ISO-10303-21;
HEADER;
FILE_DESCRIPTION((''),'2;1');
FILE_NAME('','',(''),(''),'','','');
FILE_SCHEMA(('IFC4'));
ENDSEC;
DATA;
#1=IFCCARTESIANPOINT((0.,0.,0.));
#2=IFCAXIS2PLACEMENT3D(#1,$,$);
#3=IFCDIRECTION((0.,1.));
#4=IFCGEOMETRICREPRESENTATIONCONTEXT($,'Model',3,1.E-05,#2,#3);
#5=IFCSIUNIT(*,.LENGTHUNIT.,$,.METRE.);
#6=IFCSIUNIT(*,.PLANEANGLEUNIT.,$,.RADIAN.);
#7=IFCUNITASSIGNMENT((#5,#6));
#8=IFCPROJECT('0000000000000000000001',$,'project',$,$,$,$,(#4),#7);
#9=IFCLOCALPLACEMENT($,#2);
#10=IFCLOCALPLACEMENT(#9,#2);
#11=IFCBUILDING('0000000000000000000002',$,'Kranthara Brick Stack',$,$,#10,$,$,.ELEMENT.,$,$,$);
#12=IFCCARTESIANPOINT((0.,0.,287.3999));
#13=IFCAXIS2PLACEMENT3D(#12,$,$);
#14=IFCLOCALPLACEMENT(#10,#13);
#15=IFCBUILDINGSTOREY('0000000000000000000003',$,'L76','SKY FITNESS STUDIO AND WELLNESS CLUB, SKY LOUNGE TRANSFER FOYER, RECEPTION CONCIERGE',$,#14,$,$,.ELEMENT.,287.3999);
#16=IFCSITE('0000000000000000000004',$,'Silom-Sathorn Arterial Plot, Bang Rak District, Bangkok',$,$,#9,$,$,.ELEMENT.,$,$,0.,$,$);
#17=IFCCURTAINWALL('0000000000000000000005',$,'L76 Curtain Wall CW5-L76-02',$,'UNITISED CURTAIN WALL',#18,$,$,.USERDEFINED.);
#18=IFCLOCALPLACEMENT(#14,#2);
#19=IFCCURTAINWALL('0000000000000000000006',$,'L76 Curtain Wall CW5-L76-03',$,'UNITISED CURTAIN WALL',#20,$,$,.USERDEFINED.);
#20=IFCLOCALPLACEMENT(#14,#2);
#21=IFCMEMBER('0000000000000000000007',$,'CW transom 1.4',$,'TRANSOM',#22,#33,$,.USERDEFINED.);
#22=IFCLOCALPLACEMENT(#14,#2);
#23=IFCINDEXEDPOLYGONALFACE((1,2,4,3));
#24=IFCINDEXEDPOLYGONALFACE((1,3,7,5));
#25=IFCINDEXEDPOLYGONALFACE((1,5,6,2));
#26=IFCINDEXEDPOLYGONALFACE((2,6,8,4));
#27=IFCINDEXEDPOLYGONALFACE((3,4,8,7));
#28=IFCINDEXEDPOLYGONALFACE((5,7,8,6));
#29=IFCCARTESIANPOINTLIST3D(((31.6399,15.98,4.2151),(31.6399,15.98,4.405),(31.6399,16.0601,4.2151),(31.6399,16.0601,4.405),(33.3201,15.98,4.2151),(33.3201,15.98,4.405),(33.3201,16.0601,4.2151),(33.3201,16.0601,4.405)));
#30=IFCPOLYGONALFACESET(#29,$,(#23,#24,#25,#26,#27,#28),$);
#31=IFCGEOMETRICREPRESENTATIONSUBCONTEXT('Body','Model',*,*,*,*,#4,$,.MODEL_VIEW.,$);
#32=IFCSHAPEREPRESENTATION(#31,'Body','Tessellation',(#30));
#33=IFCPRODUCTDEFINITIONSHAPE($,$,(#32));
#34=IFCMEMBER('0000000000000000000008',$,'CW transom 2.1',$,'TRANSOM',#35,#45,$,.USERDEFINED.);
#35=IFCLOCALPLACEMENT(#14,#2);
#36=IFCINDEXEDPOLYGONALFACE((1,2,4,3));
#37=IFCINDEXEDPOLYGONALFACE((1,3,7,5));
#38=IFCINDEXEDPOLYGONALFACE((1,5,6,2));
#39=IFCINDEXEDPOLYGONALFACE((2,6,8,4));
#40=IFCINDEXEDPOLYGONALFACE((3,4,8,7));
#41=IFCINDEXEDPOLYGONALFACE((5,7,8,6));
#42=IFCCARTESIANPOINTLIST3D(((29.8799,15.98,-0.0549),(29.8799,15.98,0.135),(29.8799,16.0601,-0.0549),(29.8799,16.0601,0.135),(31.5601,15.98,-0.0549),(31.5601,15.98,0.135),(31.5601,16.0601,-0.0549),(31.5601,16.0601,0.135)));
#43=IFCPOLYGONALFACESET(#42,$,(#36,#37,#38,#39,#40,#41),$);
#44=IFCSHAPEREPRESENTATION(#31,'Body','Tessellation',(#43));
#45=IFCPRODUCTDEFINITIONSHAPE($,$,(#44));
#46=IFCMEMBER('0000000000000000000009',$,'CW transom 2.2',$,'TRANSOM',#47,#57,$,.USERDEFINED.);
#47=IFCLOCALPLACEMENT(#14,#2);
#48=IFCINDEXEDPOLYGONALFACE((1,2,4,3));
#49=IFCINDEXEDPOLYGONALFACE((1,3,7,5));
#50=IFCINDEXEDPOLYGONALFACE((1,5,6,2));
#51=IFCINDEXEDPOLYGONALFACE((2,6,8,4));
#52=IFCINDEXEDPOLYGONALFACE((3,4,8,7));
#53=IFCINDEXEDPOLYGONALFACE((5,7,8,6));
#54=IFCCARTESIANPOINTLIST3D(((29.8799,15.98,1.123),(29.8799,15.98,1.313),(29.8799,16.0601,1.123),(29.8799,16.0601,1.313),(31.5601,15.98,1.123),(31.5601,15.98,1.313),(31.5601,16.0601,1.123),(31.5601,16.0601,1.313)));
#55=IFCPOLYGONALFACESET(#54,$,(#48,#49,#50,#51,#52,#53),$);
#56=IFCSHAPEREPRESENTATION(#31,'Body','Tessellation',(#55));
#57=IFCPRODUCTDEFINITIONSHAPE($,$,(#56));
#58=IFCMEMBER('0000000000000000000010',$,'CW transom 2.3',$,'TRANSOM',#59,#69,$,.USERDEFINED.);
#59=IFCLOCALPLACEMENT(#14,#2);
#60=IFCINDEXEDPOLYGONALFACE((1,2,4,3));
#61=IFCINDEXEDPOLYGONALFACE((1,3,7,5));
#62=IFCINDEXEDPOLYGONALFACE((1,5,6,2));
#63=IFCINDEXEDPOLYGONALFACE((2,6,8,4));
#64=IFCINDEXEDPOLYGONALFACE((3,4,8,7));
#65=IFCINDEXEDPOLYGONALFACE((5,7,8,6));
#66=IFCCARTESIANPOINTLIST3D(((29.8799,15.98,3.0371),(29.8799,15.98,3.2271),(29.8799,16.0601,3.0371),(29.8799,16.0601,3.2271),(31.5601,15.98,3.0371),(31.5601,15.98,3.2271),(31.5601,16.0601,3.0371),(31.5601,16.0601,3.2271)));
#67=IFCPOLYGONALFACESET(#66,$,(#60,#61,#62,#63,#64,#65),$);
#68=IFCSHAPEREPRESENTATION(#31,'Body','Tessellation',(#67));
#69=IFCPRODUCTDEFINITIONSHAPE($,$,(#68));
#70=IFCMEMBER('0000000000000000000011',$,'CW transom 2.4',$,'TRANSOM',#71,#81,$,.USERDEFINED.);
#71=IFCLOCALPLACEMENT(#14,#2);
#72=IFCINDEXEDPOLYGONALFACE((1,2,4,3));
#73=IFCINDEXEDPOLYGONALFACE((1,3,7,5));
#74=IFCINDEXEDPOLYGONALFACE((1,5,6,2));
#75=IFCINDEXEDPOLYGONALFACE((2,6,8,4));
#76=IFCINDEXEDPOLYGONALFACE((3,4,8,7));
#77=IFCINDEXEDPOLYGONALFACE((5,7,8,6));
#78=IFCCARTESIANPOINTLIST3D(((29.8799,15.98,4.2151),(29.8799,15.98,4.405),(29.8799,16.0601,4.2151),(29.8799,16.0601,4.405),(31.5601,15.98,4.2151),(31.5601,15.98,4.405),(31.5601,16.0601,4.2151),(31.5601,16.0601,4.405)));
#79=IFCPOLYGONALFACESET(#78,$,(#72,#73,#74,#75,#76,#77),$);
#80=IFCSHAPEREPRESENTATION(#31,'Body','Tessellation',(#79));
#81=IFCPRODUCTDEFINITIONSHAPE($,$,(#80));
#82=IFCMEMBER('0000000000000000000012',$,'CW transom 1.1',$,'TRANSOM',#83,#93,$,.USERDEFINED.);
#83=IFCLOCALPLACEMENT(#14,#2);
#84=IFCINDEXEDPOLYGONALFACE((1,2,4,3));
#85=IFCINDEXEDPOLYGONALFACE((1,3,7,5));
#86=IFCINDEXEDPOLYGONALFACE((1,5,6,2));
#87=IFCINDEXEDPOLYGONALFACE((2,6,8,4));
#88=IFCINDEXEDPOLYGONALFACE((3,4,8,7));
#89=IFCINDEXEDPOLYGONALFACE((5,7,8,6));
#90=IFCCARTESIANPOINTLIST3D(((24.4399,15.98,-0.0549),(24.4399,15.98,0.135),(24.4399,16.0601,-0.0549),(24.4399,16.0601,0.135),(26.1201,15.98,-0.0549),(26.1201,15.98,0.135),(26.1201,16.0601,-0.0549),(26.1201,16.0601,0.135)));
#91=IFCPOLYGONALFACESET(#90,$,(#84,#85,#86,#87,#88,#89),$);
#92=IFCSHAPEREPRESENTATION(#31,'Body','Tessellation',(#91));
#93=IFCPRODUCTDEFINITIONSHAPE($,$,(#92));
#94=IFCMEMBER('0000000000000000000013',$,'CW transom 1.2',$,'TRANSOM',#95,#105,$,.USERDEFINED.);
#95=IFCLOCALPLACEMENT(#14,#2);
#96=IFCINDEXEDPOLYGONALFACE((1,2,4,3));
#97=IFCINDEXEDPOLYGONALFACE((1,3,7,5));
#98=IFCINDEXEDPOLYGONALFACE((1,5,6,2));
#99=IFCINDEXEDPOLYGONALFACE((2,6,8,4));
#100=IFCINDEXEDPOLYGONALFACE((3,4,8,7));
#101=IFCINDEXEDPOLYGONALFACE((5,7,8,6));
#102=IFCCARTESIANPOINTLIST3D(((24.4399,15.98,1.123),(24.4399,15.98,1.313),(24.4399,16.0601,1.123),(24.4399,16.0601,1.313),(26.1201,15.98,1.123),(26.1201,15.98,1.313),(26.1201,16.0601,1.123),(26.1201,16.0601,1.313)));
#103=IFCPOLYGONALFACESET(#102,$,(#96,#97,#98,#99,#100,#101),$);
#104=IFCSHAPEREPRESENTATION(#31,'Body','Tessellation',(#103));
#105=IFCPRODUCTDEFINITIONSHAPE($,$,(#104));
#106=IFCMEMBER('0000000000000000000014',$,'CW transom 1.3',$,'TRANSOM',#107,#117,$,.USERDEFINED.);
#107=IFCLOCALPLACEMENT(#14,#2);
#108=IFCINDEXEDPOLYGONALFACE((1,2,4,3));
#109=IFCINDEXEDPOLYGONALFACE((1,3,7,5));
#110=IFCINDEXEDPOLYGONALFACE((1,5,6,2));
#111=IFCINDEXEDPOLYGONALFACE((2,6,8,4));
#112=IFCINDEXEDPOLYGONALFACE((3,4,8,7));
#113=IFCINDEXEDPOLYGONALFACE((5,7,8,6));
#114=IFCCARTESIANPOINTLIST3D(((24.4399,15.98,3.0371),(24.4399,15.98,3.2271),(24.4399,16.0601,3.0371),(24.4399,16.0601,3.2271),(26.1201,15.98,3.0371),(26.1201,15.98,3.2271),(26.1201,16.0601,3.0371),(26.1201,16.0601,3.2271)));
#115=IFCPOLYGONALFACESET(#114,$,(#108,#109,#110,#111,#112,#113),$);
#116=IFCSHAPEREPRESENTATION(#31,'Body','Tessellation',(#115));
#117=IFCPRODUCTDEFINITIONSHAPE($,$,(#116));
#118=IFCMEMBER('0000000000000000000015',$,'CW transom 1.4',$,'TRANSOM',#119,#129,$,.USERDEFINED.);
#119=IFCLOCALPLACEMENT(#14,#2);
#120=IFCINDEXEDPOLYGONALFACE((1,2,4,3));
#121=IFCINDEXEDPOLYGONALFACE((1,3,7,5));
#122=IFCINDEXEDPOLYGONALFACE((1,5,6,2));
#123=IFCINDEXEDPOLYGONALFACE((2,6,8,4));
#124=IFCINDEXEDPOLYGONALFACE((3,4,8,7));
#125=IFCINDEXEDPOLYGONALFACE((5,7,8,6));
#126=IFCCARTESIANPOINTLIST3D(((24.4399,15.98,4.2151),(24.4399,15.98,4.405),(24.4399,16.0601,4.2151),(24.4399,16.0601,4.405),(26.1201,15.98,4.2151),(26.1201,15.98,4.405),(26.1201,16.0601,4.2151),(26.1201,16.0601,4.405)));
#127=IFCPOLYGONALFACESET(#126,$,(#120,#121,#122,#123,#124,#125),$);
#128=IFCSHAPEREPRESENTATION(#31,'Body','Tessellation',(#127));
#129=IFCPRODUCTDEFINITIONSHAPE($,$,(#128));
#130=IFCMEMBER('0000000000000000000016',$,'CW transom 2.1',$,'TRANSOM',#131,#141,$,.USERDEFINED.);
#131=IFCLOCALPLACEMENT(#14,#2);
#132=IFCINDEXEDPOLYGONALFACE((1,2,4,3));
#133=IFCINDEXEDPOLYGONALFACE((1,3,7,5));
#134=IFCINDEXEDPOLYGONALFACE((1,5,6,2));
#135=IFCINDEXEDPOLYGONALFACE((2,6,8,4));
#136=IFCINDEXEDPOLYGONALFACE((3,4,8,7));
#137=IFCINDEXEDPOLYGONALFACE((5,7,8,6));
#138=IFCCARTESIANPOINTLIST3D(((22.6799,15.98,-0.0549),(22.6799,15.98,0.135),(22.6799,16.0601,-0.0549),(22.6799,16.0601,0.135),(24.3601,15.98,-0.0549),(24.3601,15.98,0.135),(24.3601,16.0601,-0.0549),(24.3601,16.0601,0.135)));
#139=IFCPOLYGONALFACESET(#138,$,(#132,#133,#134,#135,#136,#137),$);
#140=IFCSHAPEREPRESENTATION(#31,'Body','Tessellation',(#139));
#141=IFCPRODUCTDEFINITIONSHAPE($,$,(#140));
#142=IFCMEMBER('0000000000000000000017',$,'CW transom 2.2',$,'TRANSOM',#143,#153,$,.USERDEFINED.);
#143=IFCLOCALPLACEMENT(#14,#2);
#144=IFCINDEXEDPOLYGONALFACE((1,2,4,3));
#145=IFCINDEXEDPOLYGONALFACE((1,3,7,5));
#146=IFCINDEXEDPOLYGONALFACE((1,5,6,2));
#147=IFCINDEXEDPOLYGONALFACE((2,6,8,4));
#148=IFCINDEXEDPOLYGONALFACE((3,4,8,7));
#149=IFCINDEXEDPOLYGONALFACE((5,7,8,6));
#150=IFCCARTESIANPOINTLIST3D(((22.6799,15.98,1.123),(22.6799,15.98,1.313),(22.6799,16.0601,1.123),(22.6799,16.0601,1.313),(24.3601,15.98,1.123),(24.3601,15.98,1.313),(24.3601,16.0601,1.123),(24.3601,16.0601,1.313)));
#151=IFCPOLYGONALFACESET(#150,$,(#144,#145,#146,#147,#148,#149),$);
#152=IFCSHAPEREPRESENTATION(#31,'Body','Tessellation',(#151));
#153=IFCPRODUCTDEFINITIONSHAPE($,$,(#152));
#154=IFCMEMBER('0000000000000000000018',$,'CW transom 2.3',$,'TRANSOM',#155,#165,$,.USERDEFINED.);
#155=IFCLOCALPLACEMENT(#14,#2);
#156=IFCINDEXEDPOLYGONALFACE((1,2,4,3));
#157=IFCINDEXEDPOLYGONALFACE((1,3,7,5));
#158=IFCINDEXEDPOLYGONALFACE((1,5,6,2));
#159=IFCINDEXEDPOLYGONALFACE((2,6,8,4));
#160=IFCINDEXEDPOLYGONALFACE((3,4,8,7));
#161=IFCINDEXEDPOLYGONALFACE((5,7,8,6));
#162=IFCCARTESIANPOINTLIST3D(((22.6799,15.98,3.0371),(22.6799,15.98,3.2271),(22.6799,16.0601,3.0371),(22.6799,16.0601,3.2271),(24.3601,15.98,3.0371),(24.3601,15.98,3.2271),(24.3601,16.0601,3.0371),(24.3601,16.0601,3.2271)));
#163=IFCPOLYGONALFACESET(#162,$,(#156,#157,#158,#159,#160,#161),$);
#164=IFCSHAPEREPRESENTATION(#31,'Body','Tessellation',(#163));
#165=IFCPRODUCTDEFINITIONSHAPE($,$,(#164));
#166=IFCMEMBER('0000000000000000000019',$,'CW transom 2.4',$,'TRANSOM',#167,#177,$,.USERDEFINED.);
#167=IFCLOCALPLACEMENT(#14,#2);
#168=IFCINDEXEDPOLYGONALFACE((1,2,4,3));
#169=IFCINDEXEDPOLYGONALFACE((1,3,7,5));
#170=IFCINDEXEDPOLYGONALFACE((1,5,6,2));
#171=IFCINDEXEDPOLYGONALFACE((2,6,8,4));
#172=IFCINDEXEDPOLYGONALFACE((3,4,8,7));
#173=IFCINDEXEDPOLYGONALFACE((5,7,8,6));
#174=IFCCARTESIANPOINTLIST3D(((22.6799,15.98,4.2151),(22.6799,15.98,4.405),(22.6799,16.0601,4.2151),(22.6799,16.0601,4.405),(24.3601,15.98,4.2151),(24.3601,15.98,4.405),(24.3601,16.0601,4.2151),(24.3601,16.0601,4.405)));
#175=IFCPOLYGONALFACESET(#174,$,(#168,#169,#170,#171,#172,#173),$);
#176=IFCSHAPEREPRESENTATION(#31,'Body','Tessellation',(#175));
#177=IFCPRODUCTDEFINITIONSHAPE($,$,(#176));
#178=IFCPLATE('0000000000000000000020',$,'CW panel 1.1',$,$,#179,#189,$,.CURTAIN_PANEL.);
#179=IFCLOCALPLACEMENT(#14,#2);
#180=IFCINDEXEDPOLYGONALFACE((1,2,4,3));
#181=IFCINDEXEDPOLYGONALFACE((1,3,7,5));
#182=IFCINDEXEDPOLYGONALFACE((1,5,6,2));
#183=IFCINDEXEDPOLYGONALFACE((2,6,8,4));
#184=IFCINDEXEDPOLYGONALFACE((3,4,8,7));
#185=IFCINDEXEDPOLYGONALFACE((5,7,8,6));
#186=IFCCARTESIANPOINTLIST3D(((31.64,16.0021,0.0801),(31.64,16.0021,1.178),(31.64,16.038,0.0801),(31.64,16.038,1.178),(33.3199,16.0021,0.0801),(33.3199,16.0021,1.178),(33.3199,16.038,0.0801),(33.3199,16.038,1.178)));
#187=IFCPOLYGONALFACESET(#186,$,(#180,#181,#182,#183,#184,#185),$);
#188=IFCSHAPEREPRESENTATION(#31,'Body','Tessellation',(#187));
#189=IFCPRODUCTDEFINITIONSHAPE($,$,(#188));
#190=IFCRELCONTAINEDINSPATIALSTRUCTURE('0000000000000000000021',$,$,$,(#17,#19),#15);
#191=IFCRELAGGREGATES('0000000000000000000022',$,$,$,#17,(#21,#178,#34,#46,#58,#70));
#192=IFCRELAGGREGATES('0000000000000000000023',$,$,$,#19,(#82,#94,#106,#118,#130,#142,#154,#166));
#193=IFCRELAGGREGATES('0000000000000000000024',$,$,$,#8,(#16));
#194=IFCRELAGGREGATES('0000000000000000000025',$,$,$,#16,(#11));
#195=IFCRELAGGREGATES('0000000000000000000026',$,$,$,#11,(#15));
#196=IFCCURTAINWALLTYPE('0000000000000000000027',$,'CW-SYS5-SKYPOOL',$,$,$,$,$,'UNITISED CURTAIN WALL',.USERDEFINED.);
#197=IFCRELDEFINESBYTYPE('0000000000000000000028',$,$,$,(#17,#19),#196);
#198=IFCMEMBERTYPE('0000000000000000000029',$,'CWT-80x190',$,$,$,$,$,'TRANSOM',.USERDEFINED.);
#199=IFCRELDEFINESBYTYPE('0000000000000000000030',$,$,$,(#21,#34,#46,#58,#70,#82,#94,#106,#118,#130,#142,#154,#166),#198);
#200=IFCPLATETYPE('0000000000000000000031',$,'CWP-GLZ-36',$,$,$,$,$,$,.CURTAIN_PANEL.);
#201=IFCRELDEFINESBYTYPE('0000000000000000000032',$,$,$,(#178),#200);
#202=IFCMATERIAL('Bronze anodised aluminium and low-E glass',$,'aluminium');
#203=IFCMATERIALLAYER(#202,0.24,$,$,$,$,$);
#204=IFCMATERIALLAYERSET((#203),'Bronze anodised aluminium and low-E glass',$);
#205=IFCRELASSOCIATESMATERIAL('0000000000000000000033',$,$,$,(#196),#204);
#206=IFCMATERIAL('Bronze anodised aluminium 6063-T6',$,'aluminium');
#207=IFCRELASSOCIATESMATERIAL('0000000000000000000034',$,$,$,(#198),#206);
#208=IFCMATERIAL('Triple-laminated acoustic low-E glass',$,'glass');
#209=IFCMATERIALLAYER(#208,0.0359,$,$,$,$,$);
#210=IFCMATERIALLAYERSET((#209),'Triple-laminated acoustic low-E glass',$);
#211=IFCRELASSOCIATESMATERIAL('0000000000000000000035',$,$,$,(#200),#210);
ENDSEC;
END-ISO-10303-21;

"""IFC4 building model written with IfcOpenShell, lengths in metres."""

from ifc_helpers import new_model, si_unit, direction, frame, origin, origin_2d, place, context, subcontext, project, spatial, rectangle, extrude, material, layer, layer_set, material_profile, profile_set, type_object, element, aggregate, save


model = new_model("IFC4")

# Units and contexts
model_context = context("Model", 3, precision=1e-05, world=origin(), true_north=direction((0.0, 1.0)))
body_context = subcontext(model_context, "Body", "Model", "MODEL_VIEW")
ifc_project = project(units=[si_unit("LENGTHUNIT", "METRE"), si_unit("PLANEANGLEUNIT", "RADIAN")], contexts=[model_context])

# Site, building, storey
site_placement = place(None, origin())
site = spatial("IfcSite", under=ifc_project, at=site_placement, Name="Silom-Sathorn Arterial Plot, Bang Rak District, Bangkok", CompositionType="ELEMENT", RefElevation=0.0)
building_placement = place(site_placement, origin())
building = spatial("IfcBuilding", under=site, at=building_placement, Name="Kranthara Brick Stack", CompositionType="ELEMENT")
storey_placement = place(building_placement, frame((0.0, 0.0, 287.3999)))
storey = spatial("IfcBuildingStorey", under=building, at=storey_placement, Name="L76", Description="SKY FITNESS STUDIO AND WELLNESS CLUB, SKY LOUNGE TRANSFER FOYER, RECEPTION CONCIERGE", CompositionType="ELEMENT", Elevation=287.3999)

# Curtain walls
ifc_material_1 = material(Name="Bronze anodised aluminium and low-E glass", Category="aluminium")
ifc_layer_1 = layer(ifc_material_1, 0.24)
ifc_layer_set_1 = layer_set([ifc_layer_1], Name="Bronze anodised aluminium and low-E glass")
curtain_wall_type = type_object("IfcCurtainWallType", Name="CW-SYS5-SKYPOOL", ElementType="UNITISED CURTAIN WALL", PredefinedType="USERDEFINED", material=ifc_layer_set_1)
curtain_wall_1_placement = place(storey_placement, origin())
curtain_wall_1 = element("IfcCurtainWall", 1, at=curtain_wall_1_placement, inside=storey, type_object=curtain_wall_type, Name="L76 Curtain Wall CW5-L76-02", ObjectType="UNITISED CURTAIN WALL", PredefinedType="USERDEFINED")
curtain_wall_2_placement = place(storey_placement, origin())
curtain_wall_2 = element("IfcCurtainWall", 2, at=curtain_wall_2_placement, inside=storey, type_object=curtain_wall_type, Name="L76 Curtain Wall CW5-L76-03", ObjectType="UNITISED CURTAIN WALL", PredefinedType="USERDEFINED")

# Members
ifc_material_2 = material(Name="Bronze anodised aluminium 6063-T6", Category="aluminium")
ifc_material_profile_1 = material_profile(ifc_material_2, rectangle(XDim=0.0801, YDim=0.1899, at=origin_2d()), Name="ALU TRANSOM 80x190")
ifc_profile_set_1 = profile_set([ifc_material_profile_1], Name="Bronze anodised aluminium 6063-T6")
member_type_1 = type_object("IfcMemberType", Name="CWT-80x190", ElementType="TRANSOM", PredefinedType="USERDEFINED", material=ifc_profile_set_1)
member_1_placement = place(storey_placement, frame((33.3201, 16.02, 4.3101), z_axis=(-1.0, 0.0, 0.0), x_axis=(0.0, -1.0, 0.0)))
member_1 = element("IfcMember", 3, at=member_1_placement, type_object=member_type_1, Name="CW transom 1.4", ObjectType="TRANSOM", PredefinedType="USERDEFINED", context=body_context, shape_type="SweptSolid", body=[
    extrude(rectangle(XDim=0.0801, YDim=0.1899, at=origin_2d()), origin(), (0.0, 0.0, 1.0), 1.6802),
])
member_2_placement = place(storey_placement, frame((31.5601, 16.02, 0.04), z_axis=(-1.0, 0.0, 0.0), x_axis=(0.0, -1.0, 0.0)))
member_2 = element("IfcMember", 4, at=member_2_placement, type_object=member_type_1, Name="CW transom 2.1", ObjectType="TRANSOM", PredefinedType="USERDEFINED", context=body_context, shape_type="SweptSolid", body=[
    extrude(rectangle(XDim=0.0801, YDim=0.1899, at=origin_2d()), origin(), (0.0, 0.0, 1.0), 1.6802),
])
member_3_placement = place(storey_placement, frame((31.5601, 16.02, 1.218), z_axis=(-1.0, 0.0, 0.0), x_axis=(0.0, -1.0, 0.0)))
member_3 = element("IfcMember", 5, at=member_3_placement, type_object=member_type_1, Name="CW transom 2.2", ObjectType="TRANSOM", PredefinedType="USERDEFINED", context=body_context, shape_type="SweptSolid", body=[
    extrude(rectangle(XDim=0.0801, YDim=0.1899, at=origin_2d()), origin(), (0.0, 0.0, 1.0), 1.6802),
])
member_4_placement = place(storey_placement, frame((31.5601, 16.02, 3.1321), z_axis=(-1.0, 0.0, 0.0), x_axis=(0.0, -1.0, 0.0)))
member_4 = element("IfcMember", 6, at=member_4_placement, type_object=member_type_1, Name="CW transom 2.3", ObjectType="TRANSOM", PredefinedType="USERDEFINED", context=body_context, shape_type="SweptSolid", body=[
    extrude(rectangle(XDim=0.0801, YDim=0.1899, at=origin_2d()), origin(), (0.0, 0.0, 1.0), 1.6802),
])
member_5_placement = place(storey_placement, frame((31.5601, 16.02, 4.3101), z_axis=(-1.0, 0.0, 0.0), x_axis=(0.0, -1.0, 0.0)))
member_5 = element("IfcMember", 7, at=member_5_placement, type_object=member_type_1, Name="CW transom 2.4", ObjectType="TRANSOM", PredefinedType="USERDEFINED", context=body_context, shape_type="SweptSolid", body=[
    extrude(rectangle(XDim=0.0801, YDim=0.1899, at=origin_2d()), origin(), (0.0, 0.0, 1.0), 1.6802),
])
member_6_placement = place(storey_placement, frame((26.1201, 16.02, 0.04), z_axis=(-1.0, 0.0, 0.0), x_axis=(0.0, -1.0, 0.0)))
member_6 = element("IfcMember", 8, at=member_6_placement, type_object=member_type_1, Name="CW transom 1.1", ObjectType="TRANSOM", PredefinedType="USERDEFINED", context=body_context, shape_type="SweptSolid", body=[
    extrude(rectangle(XDim=0.0801, YDim=0.1899, at=origin_2d()), origin(), (0.0, 0.0, 1.0), 1.6802),
])
member_7_placement = place(storey_placement, frame((26.1201, 16.02, 1.218), z_axis=(-1.0, 0.0, 0.0), x_axis=(0.0, -1.0, 0.0)))
member_7 = element("IfcMember", 9, at=member_7_placement, type_object=member_type_1, Name="CW transom 1.2", ObjectType="TRANSOM", PredefinedType="USERDEFINED", context=body_context, shape_type="SweptSolid", body=[
    extrude(rectangle(XDim=0.0801, YDim=0.1899, at=origin_2d()), origin(), (0.0, 0.0, 1.0), 1.6802),
])
member_8_placement = place(storey_placement, frame((26.1201, 16.02, 3.1321), z_axis=(-1.0, 0.0, 0.0), x_axis=(0.0, -1.0, 0.0)))
member_8 = element("IfcMember", 10, at=member_8_placement, type_object=member_type_1, Name="CW transom 1.3", ObjectType="TRANSOM", PredefinedType="USERDEFINED", context=body_context, shape_type="SweptSolid", body=[
    extrude(rectangle(XDim=0.0801, YDim=0.1899, at=origin_2d()), origin(), (0.0, 0.0, 1.0), 1.6802),
])
member_9_placement = place(storey_placement, frame((26.1201, 16.02, 4.3101), z_axis=(-1.0, 0.0, 0.0), x_axis=(0.0, -1.0, 0.0)))
member_9 = element("IfcMember", 11, at=member_9_placement, type_object=member_type_1, Name="CW transom 1.4", ObjectType="TRANSOM", PredefinedType="USERDEFINED", context=body_context, shape_type="SweptSolid", body=[
    extrude(rectangle(XDim=0.0801, YDim=0.1899, at=origin_2d()), origin(), (0.0, 0.0, 1.0), 1.6802),
])
member_10_placement = place(storey_placement, frame((24.3601, 16.02, 0.04), z_axis=(-1.0, 0.0, 0.0), x_axis=(0.0, -1.0, 0.0)))
member_10 = element("IfcMember", 12, at=member_10_placement, type_object=member_type_1, Name="CW transom 2.1", ObjectType="TRANSOM", PredefinedType="USERDEFINED", context=body_context, shape_type="SweptSolid", body=[
    extrude(rectangle(XDim=0.0801, YDim=0.1899, at=origin_2d()), origin(), (0.0, 0.0, 1.0), 1.6802),
])
member_11_placement = place(storey_placement, frame((24.3601, 16.02, 1.218), z_axis=(-1.0, 0.0, 0.0), x_axis=(0.0, -1.0, 0.0)))
member_11 = element("IfcMember", 13, at=member_11_placement, type_object=member_type_1, Name="CW transom 2.2", ObjectType="TRANSOM", PredefinedType="USERDEFINED", context=body_context, shape_type="SweptSolid", body=[
    extrude(rectangle(XDim=0.0801, YDim=0.1899, at=origin_2d()), origin(), (0.0, 0.0, 1.0), 1.6802),
])
member_12_placement = place(storey_placement, frame((24.3601, 16.02, 3.1321), z_axis=(-1.0, 0.0, 0.0), x_axis=(0.0, -1.0, 0.0)))
member_12 = element("IfcMember", 14, at=member_12_placement, type_object=member_type_1, Name="CW transom 2.3", ObjectType="TRANSOM", PredefinedType="USERDEFINED", context=body_context, shape_type="SweptSolid", body=[
    extrude(rectangle(XDim=0.0801, YDim=0.1899, at=origin_2d()), origin(), (0.0, 0.0, 1.0), 1.6802),
])
member_13_placement = place(storey_placement, frame((24.3601, 16.02, 4.3101), z_axis=(-1.0, 0.0, 0.0), x_axis=(0.0, -1.0, 0.0)))
member_13 = element("IfcMember", 15, at=member_13_placement, type_object=member_type_1, Name="CW transom 2.4", ObjectType="TRANSOM", PredefinedType="USERDEFINED", context=body_context, shape_type="SweptSolid", body=[
    extrude(rectangle(XDim=0.0801, YDim=0.1899, at=origin_2d()), origin(), (0.0, 0.0, 1.0), 1.6802),
])

# Plate
ifc_material_3 = material(Name="Triple-laminated acoustic low-E glass", Category="glass")
ifc_layer_2 = layer(ifc_material_3, 0.0359)
ifc_layer_set_2 = layer_set([ifc_layer_2], Name="Triple-laminated acoustic low-E glass")
plate_type = type_object("IfcPlateType", Name="CWP-GLZ-36", PredefinedType="CURTAIN_PANEL", material=ifc_layer_set_2)
plate_1_placement = place(storey_placement, frame((32.48, 16.02, 0.0801), z_axis=(0.0, 0.0, 1.0), x_axis=(-1.0, 0.0, 0.0)))
plate_1 = element("IfcPlate", 16, at=plate_1_placement, type_object=plate_type, Name="CW panel 1.1", PredefinedType="CURTAIN_PANEL", context=body_context, shape_type="SweptSolid", body=[
    extrude(rectangle(XDim=1.6799, YDim=0.0359, at=origin_2d()), origin(), (0.0, 0.0, 1.0), 1.0979),
])
aggregate(curtain_wall_1, [member_1, plate_1, member_2, member_3, member_4, member_5])
aggregate(curtain_wall_2, [member_6, member_7, member_8, member_9, member_10, member_11, member_12, member_13])

save(model, "model.ifc")
